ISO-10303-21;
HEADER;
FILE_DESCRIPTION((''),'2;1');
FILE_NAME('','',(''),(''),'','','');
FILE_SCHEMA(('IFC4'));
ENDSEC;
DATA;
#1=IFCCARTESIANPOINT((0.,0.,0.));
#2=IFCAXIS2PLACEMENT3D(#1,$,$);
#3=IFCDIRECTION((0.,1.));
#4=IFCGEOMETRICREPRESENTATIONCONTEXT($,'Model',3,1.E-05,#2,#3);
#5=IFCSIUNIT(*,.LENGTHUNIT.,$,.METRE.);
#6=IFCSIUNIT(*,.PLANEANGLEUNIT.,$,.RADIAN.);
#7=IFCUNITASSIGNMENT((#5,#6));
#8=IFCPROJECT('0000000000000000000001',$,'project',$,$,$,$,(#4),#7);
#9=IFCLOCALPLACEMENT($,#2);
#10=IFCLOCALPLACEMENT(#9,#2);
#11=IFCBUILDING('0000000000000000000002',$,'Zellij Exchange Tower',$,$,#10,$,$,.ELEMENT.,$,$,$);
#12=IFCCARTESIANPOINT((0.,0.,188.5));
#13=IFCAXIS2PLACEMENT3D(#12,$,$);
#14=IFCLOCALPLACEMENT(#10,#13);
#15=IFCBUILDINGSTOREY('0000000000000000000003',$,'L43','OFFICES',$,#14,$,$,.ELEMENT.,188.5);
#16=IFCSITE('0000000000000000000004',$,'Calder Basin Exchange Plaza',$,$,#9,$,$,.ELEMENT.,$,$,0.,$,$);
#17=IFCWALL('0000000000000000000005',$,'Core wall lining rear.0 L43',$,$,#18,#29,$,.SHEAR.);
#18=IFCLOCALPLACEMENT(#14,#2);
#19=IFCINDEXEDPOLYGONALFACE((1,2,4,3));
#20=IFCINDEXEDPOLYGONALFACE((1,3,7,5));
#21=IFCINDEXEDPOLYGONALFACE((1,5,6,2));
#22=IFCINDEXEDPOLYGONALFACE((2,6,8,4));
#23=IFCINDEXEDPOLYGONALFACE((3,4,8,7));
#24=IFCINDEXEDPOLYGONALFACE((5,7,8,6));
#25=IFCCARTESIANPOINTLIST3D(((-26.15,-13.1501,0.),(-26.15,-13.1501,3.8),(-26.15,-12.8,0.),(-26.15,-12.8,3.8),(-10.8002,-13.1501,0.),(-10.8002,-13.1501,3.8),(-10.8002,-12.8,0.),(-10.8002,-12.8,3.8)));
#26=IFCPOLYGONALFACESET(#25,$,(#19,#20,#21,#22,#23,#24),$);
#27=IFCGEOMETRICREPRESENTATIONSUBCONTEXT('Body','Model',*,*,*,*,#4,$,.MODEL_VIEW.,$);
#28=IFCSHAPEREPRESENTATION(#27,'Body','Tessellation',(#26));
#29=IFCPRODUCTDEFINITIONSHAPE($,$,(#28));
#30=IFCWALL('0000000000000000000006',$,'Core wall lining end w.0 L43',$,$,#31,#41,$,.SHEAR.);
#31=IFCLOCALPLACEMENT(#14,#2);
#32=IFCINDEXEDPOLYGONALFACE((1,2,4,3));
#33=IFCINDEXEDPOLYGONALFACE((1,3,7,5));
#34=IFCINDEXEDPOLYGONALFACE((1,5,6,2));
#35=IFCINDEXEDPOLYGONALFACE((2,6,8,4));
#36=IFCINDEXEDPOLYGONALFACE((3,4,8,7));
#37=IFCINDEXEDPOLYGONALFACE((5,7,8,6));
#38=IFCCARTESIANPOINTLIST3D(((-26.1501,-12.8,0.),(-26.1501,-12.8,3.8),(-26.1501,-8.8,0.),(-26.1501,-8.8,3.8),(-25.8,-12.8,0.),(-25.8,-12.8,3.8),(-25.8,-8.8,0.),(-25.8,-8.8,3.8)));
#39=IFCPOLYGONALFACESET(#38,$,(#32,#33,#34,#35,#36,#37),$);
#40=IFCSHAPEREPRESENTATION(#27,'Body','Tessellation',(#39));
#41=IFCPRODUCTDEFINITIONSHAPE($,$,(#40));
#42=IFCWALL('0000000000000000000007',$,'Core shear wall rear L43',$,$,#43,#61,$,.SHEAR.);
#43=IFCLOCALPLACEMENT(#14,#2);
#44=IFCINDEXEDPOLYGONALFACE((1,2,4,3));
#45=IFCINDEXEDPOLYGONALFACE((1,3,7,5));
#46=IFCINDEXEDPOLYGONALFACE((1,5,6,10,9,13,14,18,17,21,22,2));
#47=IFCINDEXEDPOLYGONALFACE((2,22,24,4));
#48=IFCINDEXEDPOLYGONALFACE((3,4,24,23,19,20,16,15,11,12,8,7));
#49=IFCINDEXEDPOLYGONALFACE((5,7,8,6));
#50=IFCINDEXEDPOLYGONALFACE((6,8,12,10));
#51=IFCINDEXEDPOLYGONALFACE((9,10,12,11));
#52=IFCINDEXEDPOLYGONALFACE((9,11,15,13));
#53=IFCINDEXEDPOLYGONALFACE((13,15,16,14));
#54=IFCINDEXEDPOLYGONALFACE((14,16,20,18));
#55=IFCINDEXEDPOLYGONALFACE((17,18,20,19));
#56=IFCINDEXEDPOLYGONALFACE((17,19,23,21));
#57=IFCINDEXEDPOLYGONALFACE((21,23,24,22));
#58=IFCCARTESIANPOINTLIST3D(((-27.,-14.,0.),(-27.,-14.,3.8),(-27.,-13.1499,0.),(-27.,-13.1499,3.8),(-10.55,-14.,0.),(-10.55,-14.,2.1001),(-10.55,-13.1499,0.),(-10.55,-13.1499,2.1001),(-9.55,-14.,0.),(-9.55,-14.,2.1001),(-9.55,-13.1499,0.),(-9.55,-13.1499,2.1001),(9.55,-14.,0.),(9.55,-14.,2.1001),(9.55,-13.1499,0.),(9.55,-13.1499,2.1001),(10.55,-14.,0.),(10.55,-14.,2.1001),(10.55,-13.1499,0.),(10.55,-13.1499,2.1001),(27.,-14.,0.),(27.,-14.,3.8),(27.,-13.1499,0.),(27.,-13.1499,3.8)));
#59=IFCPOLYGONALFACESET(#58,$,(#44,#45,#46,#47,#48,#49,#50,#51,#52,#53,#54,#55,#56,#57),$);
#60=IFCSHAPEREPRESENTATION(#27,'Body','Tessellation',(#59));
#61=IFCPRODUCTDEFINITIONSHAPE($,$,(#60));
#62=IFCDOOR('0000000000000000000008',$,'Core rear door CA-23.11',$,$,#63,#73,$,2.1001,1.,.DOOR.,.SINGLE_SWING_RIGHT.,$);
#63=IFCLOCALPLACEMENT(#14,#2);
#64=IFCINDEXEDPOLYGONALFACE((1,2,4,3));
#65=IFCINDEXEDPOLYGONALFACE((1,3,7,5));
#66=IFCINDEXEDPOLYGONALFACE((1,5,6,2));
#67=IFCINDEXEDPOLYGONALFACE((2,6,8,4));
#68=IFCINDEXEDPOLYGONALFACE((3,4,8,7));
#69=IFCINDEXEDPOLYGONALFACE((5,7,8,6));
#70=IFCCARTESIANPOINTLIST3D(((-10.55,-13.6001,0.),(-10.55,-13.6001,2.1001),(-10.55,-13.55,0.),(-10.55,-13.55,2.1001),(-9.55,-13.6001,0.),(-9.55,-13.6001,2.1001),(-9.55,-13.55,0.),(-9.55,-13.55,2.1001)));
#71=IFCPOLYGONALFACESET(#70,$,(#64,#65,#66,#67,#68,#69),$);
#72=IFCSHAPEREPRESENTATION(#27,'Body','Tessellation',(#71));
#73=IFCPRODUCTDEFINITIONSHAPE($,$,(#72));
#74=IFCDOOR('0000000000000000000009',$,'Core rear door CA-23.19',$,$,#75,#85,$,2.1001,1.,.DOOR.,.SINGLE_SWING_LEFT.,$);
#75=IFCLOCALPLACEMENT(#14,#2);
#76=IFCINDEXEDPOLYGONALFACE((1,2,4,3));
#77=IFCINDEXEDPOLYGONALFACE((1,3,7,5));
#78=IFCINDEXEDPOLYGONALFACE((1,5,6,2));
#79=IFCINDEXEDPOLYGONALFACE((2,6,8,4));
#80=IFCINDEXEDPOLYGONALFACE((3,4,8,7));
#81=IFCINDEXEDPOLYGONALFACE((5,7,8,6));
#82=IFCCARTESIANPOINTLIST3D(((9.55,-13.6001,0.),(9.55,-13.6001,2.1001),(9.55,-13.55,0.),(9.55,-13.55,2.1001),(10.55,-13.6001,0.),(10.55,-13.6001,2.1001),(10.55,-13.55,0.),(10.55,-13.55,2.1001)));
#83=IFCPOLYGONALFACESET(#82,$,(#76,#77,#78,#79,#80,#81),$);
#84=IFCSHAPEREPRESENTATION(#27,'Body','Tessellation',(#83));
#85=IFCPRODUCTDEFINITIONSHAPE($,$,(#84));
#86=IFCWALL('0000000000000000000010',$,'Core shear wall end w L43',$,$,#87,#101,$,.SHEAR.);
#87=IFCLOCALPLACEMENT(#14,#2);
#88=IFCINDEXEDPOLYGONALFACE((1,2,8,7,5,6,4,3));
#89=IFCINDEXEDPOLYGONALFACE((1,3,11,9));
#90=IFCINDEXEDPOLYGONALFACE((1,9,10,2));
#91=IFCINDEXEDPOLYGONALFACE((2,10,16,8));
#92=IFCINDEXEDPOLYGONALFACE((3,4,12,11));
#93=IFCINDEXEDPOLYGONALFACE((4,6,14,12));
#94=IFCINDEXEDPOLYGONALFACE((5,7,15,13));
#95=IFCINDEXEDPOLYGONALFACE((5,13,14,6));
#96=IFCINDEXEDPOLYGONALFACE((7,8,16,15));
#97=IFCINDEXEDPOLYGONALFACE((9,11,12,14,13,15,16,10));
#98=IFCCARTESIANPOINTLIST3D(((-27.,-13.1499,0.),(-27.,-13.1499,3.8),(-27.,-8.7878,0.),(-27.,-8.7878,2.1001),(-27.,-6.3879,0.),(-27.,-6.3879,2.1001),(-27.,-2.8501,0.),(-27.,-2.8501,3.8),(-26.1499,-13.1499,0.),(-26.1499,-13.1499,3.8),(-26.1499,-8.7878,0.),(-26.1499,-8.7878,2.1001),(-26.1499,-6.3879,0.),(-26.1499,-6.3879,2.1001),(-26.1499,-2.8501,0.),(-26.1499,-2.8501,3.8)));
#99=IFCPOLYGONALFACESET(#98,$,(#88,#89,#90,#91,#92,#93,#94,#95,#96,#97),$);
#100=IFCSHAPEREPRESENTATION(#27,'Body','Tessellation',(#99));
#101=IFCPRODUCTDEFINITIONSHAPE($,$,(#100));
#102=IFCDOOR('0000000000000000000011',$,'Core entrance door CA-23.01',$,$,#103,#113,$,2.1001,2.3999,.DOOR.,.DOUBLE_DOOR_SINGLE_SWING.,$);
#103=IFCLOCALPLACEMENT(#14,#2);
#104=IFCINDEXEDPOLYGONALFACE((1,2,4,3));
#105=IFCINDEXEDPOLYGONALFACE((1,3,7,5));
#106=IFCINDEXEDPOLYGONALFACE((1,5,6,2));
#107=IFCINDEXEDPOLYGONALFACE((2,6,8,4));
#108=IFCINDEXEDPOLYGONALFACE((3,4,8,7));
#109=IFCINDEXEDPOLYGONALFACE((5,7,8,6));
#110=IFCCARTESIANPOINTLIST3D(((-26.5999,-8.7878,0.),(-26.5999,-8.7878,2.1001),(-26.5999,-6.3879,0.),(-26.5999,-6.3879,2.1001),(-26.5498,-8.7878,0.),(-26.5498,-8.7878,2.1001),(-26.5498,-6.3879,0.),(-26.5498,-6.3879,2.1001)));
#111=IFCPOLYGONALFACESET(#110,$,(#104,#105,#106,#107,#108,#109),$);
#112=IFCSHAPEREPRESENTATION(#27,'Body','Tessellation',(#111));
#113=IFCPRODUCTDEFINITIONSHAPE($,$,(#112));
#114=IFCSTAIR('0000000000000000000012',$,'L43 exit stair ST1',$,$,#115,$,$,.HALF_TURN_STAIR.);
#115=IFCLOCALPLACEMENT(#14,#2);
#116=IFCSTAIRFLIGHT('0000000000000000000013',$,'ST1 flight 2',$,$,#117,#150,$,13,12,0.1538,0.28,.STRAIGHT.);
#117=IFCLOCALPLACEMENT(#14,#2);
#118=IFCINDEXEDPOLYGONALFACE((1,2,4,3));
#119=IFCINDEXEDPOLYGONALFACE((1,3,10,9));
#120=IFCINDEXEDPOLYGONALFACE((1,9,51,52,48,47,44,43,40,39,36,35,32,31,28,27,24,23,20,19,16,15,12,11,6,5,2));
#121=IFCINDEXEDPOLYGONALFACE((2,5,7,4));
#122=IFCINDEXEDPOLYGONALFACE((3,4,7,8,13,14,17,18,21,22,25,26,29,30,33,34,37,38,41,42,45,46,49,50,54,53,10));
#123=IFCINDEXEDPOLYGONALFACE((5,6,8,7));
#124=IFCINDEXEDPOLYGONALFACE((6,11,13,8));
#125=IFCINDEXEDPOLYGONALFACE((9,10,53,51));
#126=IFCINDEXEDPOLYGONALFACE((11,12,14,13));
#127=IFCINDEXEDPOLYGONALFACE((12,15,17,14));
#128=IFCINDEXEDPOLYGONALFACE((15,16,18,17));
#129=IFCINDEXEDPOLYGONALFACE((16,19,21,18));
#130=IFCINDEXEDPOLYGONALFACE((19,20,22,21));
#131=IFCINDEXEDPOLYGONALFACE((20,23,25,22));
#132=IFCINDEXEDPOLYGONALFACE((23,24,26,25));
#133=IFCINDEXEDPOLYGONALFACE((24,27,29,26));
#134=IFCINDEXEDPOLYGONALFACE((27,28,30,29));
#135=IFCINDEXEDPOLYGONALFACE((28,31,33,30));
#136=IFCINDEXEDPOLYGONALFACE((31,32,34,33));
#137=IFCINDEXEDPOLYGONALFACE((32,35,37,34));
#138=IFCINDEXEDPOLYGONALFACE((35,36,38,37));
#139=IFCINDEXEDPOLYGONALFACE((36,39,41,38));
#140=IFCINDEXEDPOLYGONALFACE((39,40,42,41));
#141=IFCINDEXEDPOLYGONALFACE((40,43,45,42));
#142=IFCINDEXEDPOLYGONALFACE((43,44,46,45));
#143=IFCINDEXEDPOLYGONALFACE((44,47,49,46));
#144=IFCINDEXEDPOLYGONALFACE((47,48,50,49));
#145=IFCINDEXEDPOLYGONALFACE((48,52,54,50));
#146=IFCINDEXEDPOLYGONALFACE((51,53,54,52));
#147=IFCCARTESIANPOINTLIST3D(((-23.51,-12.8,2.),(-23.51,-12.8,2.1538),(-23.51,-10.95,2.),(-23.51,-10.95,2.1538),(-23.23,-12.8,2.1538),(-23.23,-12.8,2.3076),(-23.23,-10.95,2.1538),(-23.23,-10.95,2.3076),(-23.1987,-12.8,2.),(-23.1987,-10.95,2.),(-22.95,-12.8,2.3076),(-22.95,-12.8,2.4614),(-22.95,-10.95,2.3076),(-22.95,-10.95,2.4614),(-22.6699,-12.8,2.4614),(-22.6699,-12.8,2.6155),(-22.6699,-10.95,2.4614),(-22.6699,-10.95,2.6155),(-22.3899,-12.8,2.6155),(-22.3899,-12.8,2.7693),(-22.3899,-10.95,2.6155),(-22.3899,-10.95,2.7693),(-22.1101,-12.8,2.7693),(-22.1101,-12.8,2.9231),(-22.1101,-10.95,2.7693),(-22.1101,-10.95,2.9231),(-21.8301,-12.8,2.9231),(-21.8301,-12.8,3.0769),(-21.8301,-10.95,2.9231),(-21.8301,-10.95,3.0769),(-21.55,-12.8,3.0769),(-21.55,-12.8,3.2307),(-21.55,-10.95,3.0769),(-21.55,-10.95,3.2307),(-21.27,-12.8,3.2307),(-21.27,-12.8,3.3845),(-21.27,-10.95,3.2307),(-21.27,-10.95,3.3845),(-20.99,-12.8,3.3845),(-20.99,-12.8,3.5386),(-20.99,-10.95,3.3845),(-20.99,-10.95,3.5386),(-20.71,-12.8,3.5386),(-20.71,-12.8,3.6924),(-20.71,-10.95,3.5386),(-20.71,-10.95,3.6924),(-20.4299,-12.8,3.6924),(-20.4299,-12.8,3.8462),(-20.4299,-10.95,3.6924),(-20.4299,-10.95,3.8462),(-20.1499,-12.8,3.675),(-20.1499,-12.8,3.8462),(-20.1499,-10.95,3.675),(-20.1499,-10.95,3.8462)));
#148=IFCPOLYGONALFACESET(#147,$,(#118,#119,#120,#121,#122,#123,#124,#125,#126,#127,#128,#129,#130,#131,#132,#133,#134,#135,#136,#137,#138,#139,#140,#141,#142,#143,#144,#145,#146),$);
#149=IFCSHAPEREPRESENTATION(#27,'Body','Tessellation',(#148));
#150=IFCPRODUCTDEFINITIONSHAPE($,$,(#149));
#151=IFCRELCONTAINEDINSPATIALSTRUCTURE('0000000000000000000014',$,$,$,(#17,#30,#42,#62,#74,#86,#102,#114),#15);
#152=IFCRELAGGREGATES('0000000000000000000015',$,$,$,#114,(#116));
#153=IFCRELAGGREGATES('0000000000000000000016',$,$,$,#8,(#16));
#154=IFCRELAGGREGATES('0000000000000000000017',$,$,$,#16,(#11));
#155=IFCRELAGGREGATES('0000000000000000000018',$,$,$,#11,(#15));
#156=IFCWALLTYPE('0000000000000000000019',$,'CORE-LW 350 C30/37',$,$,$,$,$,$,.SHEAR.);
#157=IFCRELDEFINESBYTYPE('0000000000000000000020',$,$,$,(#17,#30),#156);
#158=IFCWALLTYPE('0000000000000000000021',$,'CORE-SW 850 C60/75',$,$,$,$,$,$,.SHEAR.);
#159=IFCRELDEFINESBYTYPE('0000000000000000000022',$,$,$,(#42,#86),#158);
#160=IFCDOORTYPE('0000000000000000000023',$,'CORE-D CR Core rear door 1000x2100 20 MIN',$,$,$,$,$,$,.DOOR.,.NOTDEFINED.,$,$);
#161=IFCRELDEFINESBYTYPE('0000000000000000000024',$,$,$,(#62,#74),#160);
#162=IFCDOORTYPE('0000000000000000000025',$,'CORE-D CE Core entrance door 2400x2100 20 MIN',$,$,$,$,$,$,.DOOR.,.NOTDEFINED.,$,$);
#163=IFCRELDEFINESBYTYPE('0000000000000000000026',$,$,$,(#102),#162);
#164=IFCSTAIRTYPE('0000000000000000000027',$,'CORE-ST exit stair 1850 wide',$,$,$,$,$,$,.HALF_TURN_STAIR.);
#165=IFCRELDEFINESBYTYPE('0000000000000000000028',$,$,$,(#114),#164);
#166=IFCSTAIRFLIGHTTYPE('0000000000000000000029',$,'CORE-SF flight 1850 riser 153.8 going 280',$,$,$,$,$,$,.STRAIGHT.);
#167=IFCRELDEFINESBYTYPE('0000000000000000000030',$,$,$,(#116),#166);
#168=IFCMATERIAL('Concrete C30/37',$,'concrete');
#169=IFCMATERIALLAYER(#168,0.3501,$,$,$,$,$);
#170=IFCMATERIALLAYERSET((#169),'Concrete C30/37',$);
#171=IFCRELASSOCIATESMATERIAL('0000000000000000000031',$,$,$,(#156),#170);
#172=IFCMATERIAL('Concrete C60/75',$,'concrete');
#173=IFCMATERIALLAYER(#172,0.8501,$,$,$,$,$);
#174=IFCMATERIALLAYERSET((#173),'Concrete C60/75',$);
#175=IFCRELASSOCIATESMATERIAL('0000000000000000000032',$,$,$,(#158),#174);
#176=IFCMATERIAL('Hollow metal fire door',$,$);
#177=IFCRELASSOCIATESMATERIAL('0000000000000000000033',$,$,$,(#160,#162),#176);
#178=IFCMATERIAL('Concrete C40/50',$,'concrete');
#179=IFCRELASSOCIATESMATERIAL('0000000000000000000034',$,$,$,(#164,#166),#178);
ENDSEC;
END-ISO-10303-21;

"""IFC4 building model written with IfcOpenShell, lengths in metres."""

from ifc_helpers import new_model, si_unit, direction, frame, frame_2d, origin, place, context, subcontext, project, spatial, polyline, rectangle, outline, extrude, material, layer, layer_set, type_object, element, fill, aggregate, save


model = new_model("IFC4")

# Units and contexts
model_context = context("Model", 3, precision=1e-05, world=origin(), true_north=direction((0.0, 1.0)))
body_context = subcontext(model_context, "Body", "Model", "MODEL_VIEW")
ifc_project = project(units=[si_unit("LENGTHUNIT", "METRE"), si_unit("PLANEANGLEUNIT", "RADIAN")], contexts=[model_context])

# Site, building, storey
site_placement = place(None, origin())
site = spatial("IfcSite", under=ifc_project, at=site_placement, Name="Calder Basin Exchange Plaza", CompositionType="ELEMENT", RefElevation=0.0)
building_placement = place(site_placement, origin())
building = spatial("IfcBuilding", under=site, at=building_placement, Name="Zellij Exchange Tower", CompositionType="ELEMENT")
storey_placement = place(building_placement, frame((0.0, 0.0, 188.5)))
storey = spatial("IfcBuildingStorey", under=building, at=storey_placement, Name="L43", Description="OFFICES", CompositionType="ELEMENT", Elevation=188.5)

# Walls
ifc_material_1 = material(Name="Concrete C30/37", Category="concrete")
ifc_layer_1 = layer(ifc_material_1, 0.3501)
ifc_layer_set_1 = layer_set([ifc_layer_1], Name="Concrete C30/37")
wall_type_1 = type_object("IfcWallType", Name="CORE-LW 350 C30/37", PredefinedType="SHEAR", material=ifc_layer_set_1)
wall_1_placement = place(storey_placement, frame((-26.1499, -12.9751, 0.0), z_axis=(0.0, 0.0, 1.0), x_axis=(1.0, 0.0, 0.0)))
element("IfcWall", 1, at=wall_1_placement, inside=storey, type_object=wall_type_1, Name="Core wall lining rear.0 L43", PredefinedType="SHEAR", context=body_context, shape_type="SweptSolid", body=[
    extrude(rectangle(XDim=15.3499, YDim=0.3501, at=frame_2d((7.6748, 0.0))), origin(), (0.0, 0.0, 1.0), 3.8),
])
wall_2_placement = place(storey_placement, frame((-25.9751, -12.8, 0.0), z_axis=(0.0, 0.0, 1.0), x_axis=(0.0, 1.0, 0.0)))
element("IfcWall", 2, at=wall_2_placement, inside=storey, type_object=wall_type_1, Name="Core wall lining end w.0 L43", PredefinedType="SHEAR", context=body_context, shape_type="SweptSolid", body=[
    extrude(rectangle(XDim=4.0, YDim=0.3501, at=frame_2d((2.0, 0.0))), origin(), (0.0, 0.0, 1.0), 3.8),
])

# Wall, openings, doors
ifc_material_2 = material(Name="Concrete C60/75", Category="concrete")
ifc_layer_2 = layer(ifc_material_2, 0.8501)
ifc_layer_set_2 = layer_set([ifc_layer_2], Name="Concrete C60/75")
wall_type_2 = type_object("IfcWallType", Name="CORE-SW 850 C60/75", PredefinedType="SHEAR", material=ifc_layer_set_2)
wall_3_placement = place(storey_placement, frame((-27.0, -13.575, 0.0), z_axis=(0.0, 0.0, 1.0), x_axis=(1.0, 0.0, 0.0)))
wall_3 = element("IfcWall", 3, at=wall_3_placement, inside=storey, type_object=wall_type_2, Name="Core shear wall rear L43", PredefinedType="SHEAR", context=body_context, shape_type="SweptSolid", body=[
    extrude(rectangle(XDim=54.0, YDim=0.8501, at=frame_2d((27.0, 0.0))), origin(), (0.0, 0.0, 1.0), 3.8),
])
opening_1_placement = place(wall_3_placement, frame((16.45, 0.0, 0.0)))
opening_1 = element("IfcOpeningElement", 4, at=opening_1_placement, cuts=wall_3, PredefinedType="OPENING", context=body_context, shape_type="SweptSolid", body=[
    extrude(rectangle(XDim=1.0, YDim=2.1001, at=frame_2d((0.5, 1.05))), frame((0.0, 0.437, 0.0), z_axis=(0.0, -1.0, 0.0), x_axis=(1.0, 0.0, 0.0)), (0.0, 0.0, 1.0), 0.874),
])
opening_2_placement = place(wall_3_placement, frame((36.55, 0.0, 0.0)))
opening_2 = element("IfcOpeningElement", 5, at=opening_2_placement, cuts=wall_3, PredefinedType="OPENING", context=body_context, shape_type="SweptSolid", body=[
    extrude(rectangle(XDim=1.0, YDim=2.1001, at=frame_2d((0.5, 1.05))), frame((0.0, 0.437, 0.0), z_axis=(0.0, -1.0, 0.0), x_axis=(1.0, 0.0, 0.0)), (0.0, 0.0, 1.0), 0.874),
])
ifc_material_3 = material(Name="Hollow metal fire door")
door_type_1 = type_object("IfcDoorType", Name="CORE-D CR Core rear door 1000x2100 20 MIN", OperationType="NOTDEFINED", PredefinedType="DOOR", material=ifc_material_3)
door_1_placement = place(opening_1_placement, origin())
door_1 = element("IfcDoor", 6, at=door_1_placement, inside=storey, type_object=door_type_1, Name="Core rear door CA-23.11", OperationType="SINGLE_SWING_RIGHT", OverallHeight=2.1001, OverallWidth=1.0, PredefinedType="DOOR", context=body_context, shape_type="SweptSolid", body=[
    extrude(rectangle(XDim=1.0, YDim=2.1001, at=frame_2d((0.5, 1.05))), frame((0.0, 0.0249, 0.0), z_axis=(0.0, -1.0, 0.0), x_axis=(1.0, 0.0, 0.0)), (0.0, 0.0, 1.0), 0.05),
])
fill(opening_1, door_1)
door_2_placement = place(opening_2_placement, origin())
door_2 = element("IfcDoor", 7, at=door_2_placement, inside=storey, type_object=door_type_1, Name="Core rear door CA-23.19", OperationType="SINGLE_SWING_LEFT", OverallHeight=2.1001, OverallWidth=1.0, PredefinedType="DOOR", context=body_context, shape_type="SweptSolid", body=[
    extrude(rectangle(XDim=1.0, YDim=2.1001, at=frame_2d((0.5, 1.05))), frame((0.0, 0.0249, 0.0), z_axis=(0.0, -1.0, 0.0), x_axis=(1.0, 0.0, 0.0)), (0.0, 0.0, 1.0), 0.05),
])
fill(opening_2, door_2)

# Wall, opening, door
wall_4_placement = place(storey_placement, frame((-26.575, -13.1499, 0.0), z_axis=(0.0, 0.0, 1.0), x_axis=(0.0, 1.0, 0.0)))
wall_4 = element("IfcWall", 8, at=wall_4_placement, inside=storey, type_object=wall_type_2, Name="Core shear wall end w L43", PredefinedType="SHEAR", context=body_context, shape_type="SweptSolid", body=[
    extrude(rectangle(XDim=10.2998, YDim=0.8501, at=frame_2d((5.1499, 0.0))), origin(), (0.0, 0.0, 1.0), 3.8),
])
opening_3_placement = place(wall_4_placement, frame((4.3621, 0.0, 0.0)))
opening_3 = element("IfcOpeningElement", 9, at=opening_3_placement, cuts=wall_4, PredefinedType="OPENING", context=body_context, shape_type="SweptSolid", body=[
    extrude(rectangle(XDim=2.3999, YDim=2.1001, at=frame_2d((1.2, 1.05))), frame((0.0, 0.437, 0.0), z_axis=(0.0, -1.0, 0.0), x_axis=(1.0, 0.0, 0.0)), (0.0, 0.0, 1.0), 0.874),
])
door_type_2 = type_object("IfcDoorType", Name="CORE-D CE Core entrance door 2400x2100 20 MIN", OperationType="NOTDEFINED", PredefinedType="DOOR", material=ifc_material_3)
door_3_placement = place(opening_3_placement, origin())
door_3 = element("IfcDoor", 10, at=door_3_placement, inside=storey, type_object=door_type_2, Name="Core entrance door CA-23.01", OperationType="DOUBLE_DOOR_SINGLE_SWING", OverallHeight=2.1001, OverallWidth=2.3999, PredefinedType="DOOR", context=body_context, shape_type="SweptSolid", body=[
    extrude(rectangle(XDim=2.3999, YDim=2.1001, at=frame_2d((1.2, 1.05))), frame((0.0, 0.0249, 0.0), z_axis=(0.0, -1.0, 0.0), x_axis=(1.0, 0.0, 0.0)), (0.0, 0.0, 1.0), 0.05),
])
fill(opening_3, door_3)

# Stair, stair flight
ifc_material_4 = material(Name="Concrete C40/50", Category="concrete")
stair_type = type_object("IfcStairType", Name="CORE-ST exit stair 1850 wide", PredefinedType="HALF_TURN_STAIR", material=ifc_material_4)
stair_placement = place(storey_placement, origin())
stair = element("IfcStair", 11, at=stair_placement, inside=storey, type_object=stair_type, Name="L43 exit stair ST1", PredefinedType="HALF_TURN_STAIR")
stair_flight_type = type_object("IfcStairFlightType", Name="CORE-SF flight 1850 riser 153.8 going 280", PredefinedType="STRAIGHT", material=ifc_material_4)
stair_flight_placement = place(storey_placement, frame((-23.51, -11.875, 2.0), z_axis=(0.0, 0.0, 1.0), x_axis=(1.0, 0.0, 0.0)))
stair_flight = element("IfcStairFlight", 12, at=stair_flight_placement, type_object=stair_flight_type, Name="ST1 flight 2", NumberOfRisers=13, NumberOfTreads=12, PredefinedType="STRAIGHT", RiserHeight=0.1538, TreadLength=0.28, context=body_context, shape_type="SweptSolid", body=[
    extrude(outline(polyline([(0.0, 0.0), (0.0, 0.1538), (0.28, 0.1538), (0.28, 0.3076), (0.5601, 0.3076), (0.5601, 0.4614), (0.8401, 0.4614), (0.8401, 0.6155), (1.1201, 0.6155), (1.1201, 0.7693), (1.3999, 0.7693), (1.3999, 0.9231), (1.6799, 0.9231), (1.6799, 1.0769), (1.96, 1.0769), (1.96, 1.2307), (2.24, 1.2307), (2.24, 1.3845), (2.52, 1.3845), (2.52, 1.5386), (2.8, 1.5386), (2.8, 1.6924), (3.0801, 1.6924), (3.0801, 1.8462), (3.3601, 1.8462), (3.3601, 2.0), (3.3601, 1.675), (0.3113, 0.0), (0.0, 0.0)])), frame((0.0, 0.925, 0.0), z_axis=(0.0, -1.0, 0.0), x_axis=(1.0, 0.0, 0.0)), (0.0, 0.0, 1.0), 1.8501),
])
aggregate(stair, [stair_flight])

save(model, "model.ifc")
